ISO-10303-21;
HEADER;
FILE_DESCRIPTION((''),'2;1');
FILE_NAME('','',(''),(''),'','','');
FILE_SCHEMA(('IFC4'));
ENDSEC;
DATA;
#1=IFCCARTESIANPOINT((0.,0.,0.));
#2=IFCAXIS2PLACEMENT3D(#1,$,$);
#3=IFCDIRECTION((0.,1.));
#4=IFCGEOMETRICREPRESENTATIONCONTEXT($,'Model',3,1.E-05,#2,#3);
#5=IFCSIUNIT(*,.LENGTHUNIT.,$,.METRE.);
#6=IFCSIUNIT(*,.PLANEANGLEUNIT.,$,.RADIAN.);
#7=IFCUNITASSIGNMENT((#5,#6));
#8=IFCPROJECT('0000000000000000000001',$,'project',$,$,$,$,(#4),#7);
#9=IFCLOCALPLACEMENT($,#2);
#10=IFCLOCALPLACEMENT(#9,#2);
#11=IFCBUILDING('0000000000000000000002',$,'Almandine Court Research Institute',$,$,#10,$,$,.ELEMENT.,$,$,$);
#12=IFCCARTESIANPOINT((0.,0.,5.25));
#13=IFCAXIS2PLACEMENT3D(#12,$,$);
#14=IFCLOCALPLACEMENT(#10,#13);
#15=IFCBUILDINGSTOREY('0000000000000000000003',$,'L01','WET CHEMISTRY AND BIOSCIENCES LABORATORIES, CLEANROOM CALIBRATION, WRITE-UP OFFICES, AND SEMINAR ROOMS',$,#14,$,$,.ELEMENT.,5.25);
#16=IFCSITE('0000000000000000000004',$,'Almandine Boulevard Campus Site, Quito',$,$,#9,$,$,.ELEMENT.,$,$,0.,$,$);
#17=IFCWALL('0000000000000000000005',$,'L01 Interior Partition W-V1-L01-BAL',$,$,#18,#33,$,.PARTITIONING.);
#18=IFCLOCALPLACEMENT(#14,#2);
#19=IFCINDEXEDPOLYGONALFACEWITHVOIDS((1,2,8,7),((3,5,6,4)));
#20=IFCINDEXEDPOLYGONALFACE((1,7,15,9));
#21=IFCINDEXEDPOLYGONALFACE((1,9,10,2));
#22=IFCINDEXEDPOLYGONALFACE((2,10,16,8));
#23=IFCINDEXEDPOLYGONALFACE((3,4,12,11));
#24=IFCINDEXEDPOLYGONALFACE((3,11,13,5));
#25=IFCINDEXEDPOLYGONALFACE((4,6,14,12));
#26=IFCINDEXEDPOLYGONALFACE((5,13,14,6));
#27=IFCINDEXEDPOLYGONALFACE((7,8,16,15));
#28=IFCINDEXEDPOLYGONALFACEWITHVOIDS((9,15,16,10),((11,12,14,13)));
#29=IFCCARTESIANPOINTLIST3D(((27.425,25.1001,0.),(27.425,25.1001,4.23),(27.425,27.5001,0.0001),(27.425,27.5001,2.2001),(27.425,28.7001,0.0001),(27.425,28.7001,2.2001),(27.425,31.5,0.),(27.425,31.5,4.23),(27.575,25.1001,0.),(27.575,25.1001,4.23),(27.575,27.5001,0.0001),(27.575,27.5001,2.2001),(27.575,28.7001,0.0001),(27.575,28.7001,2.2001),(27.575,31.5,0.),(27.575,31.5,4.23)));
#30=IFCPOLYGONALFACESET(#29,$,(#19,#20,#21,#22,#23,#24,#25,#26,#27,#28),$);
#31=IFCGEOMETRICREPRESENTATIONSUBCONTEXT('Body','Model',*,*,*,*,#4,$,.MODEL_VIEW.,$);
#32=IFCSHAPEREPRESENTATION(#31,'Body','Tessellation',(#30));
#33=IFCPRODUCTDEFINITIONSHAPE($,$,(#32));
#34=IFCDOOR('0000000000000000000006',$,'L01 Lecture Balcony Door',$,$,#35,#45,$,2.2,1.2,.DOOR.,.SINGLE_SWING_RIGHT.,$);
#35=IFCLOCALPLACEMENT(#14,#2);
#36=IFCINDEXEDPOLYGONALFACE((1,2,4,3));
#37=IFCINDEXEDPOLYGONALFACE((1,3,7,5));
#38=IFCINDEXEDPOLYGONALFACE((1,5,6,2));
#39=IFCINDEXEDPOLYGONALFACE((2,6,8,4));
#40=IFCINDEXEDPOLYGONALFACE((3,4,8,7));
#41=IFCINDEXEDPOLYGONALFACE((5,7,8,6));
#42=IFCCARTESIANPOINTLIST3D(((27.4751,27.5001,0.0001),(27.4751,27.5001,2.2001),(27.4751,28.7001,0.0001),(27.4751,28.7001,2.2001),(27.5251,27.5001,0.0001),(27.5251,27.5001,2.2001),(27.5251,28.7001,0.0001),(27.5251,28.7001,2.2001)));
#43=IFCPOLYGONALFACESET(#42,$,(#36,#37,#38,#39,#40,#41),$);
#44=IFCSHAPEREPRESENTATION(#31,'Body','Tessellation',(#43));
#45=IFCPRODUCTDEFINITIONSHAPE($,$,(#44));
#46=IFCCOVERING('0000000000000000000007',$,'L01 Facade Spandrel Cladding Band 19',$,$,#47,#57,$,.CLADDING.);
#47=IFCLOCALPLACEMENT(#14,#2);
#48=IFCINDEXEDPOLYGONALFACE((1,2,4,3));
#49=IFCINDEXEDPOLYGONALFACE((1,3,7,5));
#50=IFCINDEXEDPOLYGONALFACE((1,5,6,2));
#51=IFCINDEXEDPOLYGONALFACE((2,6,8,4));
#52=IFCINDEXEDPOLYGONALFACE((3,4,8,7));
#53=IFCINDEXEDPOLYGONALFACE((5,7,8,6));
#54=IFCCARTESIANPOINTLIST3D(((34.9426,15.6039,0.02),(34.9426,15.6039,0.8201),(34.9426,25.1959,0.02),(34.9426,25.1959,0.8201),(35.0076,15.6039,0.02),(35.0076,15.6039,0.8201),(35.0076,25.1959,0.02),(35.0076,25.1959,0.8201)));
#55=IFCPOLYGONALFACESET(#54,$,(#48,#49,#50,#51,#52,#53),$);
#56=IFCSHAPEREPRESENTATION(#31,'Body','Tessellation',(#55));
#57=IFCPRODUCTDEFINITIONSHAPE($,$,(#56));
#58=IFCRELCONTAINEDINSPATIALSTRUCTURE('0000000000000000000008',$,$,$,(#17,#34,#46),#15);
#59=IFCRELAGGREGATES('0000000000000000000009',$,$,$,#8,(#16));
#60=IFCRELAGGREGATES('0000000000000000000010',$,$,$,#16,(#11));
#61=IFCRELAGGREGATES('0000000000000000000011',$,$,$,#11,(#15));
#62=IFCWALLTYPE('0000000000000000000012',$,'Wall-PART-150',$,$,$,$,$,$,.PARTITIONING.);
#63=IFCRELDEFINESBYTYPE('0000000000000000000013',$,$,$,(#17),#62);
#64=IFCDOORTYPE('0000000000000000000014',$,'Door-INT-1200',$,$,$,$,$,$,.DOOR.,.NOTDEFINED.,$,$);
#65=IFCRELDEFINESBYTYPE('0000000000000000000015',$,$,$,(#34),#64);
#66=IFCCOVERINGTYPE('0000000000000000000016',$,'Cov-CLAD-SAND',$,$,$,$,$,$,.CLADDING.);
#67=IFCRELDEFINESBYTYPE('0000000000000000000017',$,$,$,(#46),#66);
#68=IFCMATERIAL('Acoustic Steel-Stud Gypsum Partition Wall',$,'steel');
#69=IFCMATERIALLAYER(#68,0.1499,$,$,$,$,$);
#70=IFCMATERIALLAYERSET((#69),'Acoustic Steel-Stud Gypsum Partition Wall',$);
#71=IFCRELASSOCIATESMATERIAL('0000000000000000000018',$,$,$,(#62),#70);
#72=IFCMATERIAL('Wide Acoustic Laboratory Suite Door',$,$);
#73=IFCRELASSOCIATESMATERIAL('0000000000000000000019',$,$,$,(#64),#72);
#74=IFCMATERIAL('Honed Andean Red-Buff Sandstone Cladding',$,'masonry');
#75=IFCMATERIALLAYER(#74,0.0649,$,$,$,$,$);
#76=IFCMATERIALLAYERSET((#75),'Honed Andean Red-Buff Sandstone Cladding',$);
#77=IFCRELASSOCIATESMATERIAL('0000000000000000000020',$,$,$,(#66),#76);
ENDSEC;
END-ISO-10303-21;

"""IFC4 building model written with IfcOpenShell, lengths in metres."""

from ifc_helpers import new_model, si_unit, direction, frame, frame_2d, origin, origin_2d, place, context, subcontext, project, spatial, rectangle, extrude, material, layer, layer_set, type_object, element, fill, save


model = new_model("IFC4")

# Units and contexts
model_context = context("Model", 3, precision=1e-05, world=origin(), true_north=direction((0.0, 1.0)))
body_context = subcontext(model_context, "Body", "Model", "MODEL_VIEW")
ifc_project = project(units=[si_unit("LENGTHUNIT", "METRE"), si_unit("PLANEANGLEUNIT", "RADIAN")], contexts=[model_context])

# Site, building, storey
site_placement = place(None, origin())
site = spatial("IfcSite", under=ifc_project, at=site_placement, Name="Almandine Boulevard Campus Site, Quito", CompositionType="ELEMENT", RefElevation=0.0)
building_placement = place(site_placement, origin())
building = spatial("IfcBuilding", under=site, at=building_placement, Name="Almandine Court Research Institute", CompositionType="ELEMENT")
storey_placement = place(building_placement, frame((0.0, 0.0, 5.25)))
storey = spatial("IfcBuildingStorey", under=building, at=storey_placement, Name="L01", Description="WET CHEMISTRY AND BIOSCIENCES LABORATORIES, CLEANROOM CALIBRATION, WRITE-UP OFFICES, AND SEMINAR ROOMS", CompositionType="ELEMENT", Elevation=5.25)

# Wall, opening, door
ifc_material_1 = material(Name="Acoustic Steel-Stud Gypsum Partition Wall", Category="steel")
ifc_layer_1 = layer(ifc_material_1, 0.1499)
ifc_layer_set_1 = layer_set([ifc_layer_1], Name="Acoustic Steel-Stud Gypsum Partition Wall")
wall_type_1 = type_object("IfcWallType", Name="Wall-PART-150", PredefinedType="PARTITIONING", material=ifc_layer_set_1)
wall_1_placement = place(storey_placement, frame((27.5, 25.1001, 0.0), z_axis=(0.0, 0.0, 1.0), x_axis=(0.0, 1.0, 0.0)))
wall_1 = element("IfcWall", 1, at=wall_1_placement, inside=storey, type_object=wall_type_1, Name="L01 Interior Partition W-V1-L01-BAL", PredefinedType="PARTITIONING", context=body_context, shape_type="SweptSolid", body=[
    extrude(rectangle(XDim=6.3999, YDim=0.1499, at=frame_2d((3.2, 0.0))), origin(), (0.0, 0.0, 1.0), 4.23),
])
opening_1_placement = place(wall_1_placement, frame((2.3999, 0.0, 0.0)))
opening_1 = element("IfcOpeningElement", 2, at=opening_1_placement, cuts=wall_1, PredefinedType="OPENING", context=body_context, shape_type="SweptSolid", body=[
    extrude(rectangle(XDim=1.2, YDim=2.2, at=frame_2d((0.6001, 1.1001))), frame((0.0, 0.085, 0.0), z_axis=(0.0, -1.0, 0.0), x_axis=(1.0, 0.0, 0.0)), (0.0, 0.0, 1.0), 0.1699),
])
ifc_material_2 = material(Name="Wide Acoustic Laboratory Suite Door")
door_type_1 = type_object("IfcDoorType", Name="Door-INT-1200", OperationType="NOTDEFINED", PredefinedType="DOOR", material=ifc_material_2)
door_1_placement = place(opening_1_placement, origin())
door_1 = element("IfcDoor", 3, at=door_1_placement, inside=storey, type_object=door_type_1, Name="L01 Lecture Balcony Door", OperationType="SINGLE_SWING_RIGHT", OverallHeight=2.2, OverallWidth=1.2, PredefinedType="DOOR", context=body_context, shape_type="SweptSolid", body=[
    extrude(rectangle(XDim=1.2, YDim=2.2, at=frame_2d((0.6001, 1.1001))), frame((0.0, 0.0249, 0.0), z_axis=(0.0, -1.0, 0.0), x_axis=(1.0, 0.0, 0.0)), (0.0, 0.0, 1.0), 0.05),
])
fill(opening_1, door_1)

# Covering
ifc_material_3 = material(Name="Honed Andean Red-Buff Sandstone Cladding", Category="masonry")
ifc_layer_2 = layer(ifc_material_3, 0.0649)
ifc_layer_set_2 = layer_set([ifc_layer_2], Name="Honed Andean Red-Buff Sandstone Cladding")
covering_type = type_object("IfcCoveringType", Name="Cov-CLAD-SAND", PredefinedType="CLADDING", material=ifc_layer_set_2)
covering_placement = place(storey_placement, frame((34.9751, 20.3999, 0.02), z_axis=(0.0, 0.0, 1.0), x_axis=(0.0, -1.0, 0.0)))
element("IfcCovering", 4, at=covering_placement, inside=storey, type_object=covering_type, Name="L01 Facade Spandrel Cladding Band 19", PredefinedType="CLADDING", context=body_context, shape_type="SweptSolid", body=[
    extrude(rectangle(XDim=9.592, YDim=0.0649, at=origin_2d()), origin(), (0.0, 0.0, 1.0), 0.8),
])

save(model, "model.ifc")
